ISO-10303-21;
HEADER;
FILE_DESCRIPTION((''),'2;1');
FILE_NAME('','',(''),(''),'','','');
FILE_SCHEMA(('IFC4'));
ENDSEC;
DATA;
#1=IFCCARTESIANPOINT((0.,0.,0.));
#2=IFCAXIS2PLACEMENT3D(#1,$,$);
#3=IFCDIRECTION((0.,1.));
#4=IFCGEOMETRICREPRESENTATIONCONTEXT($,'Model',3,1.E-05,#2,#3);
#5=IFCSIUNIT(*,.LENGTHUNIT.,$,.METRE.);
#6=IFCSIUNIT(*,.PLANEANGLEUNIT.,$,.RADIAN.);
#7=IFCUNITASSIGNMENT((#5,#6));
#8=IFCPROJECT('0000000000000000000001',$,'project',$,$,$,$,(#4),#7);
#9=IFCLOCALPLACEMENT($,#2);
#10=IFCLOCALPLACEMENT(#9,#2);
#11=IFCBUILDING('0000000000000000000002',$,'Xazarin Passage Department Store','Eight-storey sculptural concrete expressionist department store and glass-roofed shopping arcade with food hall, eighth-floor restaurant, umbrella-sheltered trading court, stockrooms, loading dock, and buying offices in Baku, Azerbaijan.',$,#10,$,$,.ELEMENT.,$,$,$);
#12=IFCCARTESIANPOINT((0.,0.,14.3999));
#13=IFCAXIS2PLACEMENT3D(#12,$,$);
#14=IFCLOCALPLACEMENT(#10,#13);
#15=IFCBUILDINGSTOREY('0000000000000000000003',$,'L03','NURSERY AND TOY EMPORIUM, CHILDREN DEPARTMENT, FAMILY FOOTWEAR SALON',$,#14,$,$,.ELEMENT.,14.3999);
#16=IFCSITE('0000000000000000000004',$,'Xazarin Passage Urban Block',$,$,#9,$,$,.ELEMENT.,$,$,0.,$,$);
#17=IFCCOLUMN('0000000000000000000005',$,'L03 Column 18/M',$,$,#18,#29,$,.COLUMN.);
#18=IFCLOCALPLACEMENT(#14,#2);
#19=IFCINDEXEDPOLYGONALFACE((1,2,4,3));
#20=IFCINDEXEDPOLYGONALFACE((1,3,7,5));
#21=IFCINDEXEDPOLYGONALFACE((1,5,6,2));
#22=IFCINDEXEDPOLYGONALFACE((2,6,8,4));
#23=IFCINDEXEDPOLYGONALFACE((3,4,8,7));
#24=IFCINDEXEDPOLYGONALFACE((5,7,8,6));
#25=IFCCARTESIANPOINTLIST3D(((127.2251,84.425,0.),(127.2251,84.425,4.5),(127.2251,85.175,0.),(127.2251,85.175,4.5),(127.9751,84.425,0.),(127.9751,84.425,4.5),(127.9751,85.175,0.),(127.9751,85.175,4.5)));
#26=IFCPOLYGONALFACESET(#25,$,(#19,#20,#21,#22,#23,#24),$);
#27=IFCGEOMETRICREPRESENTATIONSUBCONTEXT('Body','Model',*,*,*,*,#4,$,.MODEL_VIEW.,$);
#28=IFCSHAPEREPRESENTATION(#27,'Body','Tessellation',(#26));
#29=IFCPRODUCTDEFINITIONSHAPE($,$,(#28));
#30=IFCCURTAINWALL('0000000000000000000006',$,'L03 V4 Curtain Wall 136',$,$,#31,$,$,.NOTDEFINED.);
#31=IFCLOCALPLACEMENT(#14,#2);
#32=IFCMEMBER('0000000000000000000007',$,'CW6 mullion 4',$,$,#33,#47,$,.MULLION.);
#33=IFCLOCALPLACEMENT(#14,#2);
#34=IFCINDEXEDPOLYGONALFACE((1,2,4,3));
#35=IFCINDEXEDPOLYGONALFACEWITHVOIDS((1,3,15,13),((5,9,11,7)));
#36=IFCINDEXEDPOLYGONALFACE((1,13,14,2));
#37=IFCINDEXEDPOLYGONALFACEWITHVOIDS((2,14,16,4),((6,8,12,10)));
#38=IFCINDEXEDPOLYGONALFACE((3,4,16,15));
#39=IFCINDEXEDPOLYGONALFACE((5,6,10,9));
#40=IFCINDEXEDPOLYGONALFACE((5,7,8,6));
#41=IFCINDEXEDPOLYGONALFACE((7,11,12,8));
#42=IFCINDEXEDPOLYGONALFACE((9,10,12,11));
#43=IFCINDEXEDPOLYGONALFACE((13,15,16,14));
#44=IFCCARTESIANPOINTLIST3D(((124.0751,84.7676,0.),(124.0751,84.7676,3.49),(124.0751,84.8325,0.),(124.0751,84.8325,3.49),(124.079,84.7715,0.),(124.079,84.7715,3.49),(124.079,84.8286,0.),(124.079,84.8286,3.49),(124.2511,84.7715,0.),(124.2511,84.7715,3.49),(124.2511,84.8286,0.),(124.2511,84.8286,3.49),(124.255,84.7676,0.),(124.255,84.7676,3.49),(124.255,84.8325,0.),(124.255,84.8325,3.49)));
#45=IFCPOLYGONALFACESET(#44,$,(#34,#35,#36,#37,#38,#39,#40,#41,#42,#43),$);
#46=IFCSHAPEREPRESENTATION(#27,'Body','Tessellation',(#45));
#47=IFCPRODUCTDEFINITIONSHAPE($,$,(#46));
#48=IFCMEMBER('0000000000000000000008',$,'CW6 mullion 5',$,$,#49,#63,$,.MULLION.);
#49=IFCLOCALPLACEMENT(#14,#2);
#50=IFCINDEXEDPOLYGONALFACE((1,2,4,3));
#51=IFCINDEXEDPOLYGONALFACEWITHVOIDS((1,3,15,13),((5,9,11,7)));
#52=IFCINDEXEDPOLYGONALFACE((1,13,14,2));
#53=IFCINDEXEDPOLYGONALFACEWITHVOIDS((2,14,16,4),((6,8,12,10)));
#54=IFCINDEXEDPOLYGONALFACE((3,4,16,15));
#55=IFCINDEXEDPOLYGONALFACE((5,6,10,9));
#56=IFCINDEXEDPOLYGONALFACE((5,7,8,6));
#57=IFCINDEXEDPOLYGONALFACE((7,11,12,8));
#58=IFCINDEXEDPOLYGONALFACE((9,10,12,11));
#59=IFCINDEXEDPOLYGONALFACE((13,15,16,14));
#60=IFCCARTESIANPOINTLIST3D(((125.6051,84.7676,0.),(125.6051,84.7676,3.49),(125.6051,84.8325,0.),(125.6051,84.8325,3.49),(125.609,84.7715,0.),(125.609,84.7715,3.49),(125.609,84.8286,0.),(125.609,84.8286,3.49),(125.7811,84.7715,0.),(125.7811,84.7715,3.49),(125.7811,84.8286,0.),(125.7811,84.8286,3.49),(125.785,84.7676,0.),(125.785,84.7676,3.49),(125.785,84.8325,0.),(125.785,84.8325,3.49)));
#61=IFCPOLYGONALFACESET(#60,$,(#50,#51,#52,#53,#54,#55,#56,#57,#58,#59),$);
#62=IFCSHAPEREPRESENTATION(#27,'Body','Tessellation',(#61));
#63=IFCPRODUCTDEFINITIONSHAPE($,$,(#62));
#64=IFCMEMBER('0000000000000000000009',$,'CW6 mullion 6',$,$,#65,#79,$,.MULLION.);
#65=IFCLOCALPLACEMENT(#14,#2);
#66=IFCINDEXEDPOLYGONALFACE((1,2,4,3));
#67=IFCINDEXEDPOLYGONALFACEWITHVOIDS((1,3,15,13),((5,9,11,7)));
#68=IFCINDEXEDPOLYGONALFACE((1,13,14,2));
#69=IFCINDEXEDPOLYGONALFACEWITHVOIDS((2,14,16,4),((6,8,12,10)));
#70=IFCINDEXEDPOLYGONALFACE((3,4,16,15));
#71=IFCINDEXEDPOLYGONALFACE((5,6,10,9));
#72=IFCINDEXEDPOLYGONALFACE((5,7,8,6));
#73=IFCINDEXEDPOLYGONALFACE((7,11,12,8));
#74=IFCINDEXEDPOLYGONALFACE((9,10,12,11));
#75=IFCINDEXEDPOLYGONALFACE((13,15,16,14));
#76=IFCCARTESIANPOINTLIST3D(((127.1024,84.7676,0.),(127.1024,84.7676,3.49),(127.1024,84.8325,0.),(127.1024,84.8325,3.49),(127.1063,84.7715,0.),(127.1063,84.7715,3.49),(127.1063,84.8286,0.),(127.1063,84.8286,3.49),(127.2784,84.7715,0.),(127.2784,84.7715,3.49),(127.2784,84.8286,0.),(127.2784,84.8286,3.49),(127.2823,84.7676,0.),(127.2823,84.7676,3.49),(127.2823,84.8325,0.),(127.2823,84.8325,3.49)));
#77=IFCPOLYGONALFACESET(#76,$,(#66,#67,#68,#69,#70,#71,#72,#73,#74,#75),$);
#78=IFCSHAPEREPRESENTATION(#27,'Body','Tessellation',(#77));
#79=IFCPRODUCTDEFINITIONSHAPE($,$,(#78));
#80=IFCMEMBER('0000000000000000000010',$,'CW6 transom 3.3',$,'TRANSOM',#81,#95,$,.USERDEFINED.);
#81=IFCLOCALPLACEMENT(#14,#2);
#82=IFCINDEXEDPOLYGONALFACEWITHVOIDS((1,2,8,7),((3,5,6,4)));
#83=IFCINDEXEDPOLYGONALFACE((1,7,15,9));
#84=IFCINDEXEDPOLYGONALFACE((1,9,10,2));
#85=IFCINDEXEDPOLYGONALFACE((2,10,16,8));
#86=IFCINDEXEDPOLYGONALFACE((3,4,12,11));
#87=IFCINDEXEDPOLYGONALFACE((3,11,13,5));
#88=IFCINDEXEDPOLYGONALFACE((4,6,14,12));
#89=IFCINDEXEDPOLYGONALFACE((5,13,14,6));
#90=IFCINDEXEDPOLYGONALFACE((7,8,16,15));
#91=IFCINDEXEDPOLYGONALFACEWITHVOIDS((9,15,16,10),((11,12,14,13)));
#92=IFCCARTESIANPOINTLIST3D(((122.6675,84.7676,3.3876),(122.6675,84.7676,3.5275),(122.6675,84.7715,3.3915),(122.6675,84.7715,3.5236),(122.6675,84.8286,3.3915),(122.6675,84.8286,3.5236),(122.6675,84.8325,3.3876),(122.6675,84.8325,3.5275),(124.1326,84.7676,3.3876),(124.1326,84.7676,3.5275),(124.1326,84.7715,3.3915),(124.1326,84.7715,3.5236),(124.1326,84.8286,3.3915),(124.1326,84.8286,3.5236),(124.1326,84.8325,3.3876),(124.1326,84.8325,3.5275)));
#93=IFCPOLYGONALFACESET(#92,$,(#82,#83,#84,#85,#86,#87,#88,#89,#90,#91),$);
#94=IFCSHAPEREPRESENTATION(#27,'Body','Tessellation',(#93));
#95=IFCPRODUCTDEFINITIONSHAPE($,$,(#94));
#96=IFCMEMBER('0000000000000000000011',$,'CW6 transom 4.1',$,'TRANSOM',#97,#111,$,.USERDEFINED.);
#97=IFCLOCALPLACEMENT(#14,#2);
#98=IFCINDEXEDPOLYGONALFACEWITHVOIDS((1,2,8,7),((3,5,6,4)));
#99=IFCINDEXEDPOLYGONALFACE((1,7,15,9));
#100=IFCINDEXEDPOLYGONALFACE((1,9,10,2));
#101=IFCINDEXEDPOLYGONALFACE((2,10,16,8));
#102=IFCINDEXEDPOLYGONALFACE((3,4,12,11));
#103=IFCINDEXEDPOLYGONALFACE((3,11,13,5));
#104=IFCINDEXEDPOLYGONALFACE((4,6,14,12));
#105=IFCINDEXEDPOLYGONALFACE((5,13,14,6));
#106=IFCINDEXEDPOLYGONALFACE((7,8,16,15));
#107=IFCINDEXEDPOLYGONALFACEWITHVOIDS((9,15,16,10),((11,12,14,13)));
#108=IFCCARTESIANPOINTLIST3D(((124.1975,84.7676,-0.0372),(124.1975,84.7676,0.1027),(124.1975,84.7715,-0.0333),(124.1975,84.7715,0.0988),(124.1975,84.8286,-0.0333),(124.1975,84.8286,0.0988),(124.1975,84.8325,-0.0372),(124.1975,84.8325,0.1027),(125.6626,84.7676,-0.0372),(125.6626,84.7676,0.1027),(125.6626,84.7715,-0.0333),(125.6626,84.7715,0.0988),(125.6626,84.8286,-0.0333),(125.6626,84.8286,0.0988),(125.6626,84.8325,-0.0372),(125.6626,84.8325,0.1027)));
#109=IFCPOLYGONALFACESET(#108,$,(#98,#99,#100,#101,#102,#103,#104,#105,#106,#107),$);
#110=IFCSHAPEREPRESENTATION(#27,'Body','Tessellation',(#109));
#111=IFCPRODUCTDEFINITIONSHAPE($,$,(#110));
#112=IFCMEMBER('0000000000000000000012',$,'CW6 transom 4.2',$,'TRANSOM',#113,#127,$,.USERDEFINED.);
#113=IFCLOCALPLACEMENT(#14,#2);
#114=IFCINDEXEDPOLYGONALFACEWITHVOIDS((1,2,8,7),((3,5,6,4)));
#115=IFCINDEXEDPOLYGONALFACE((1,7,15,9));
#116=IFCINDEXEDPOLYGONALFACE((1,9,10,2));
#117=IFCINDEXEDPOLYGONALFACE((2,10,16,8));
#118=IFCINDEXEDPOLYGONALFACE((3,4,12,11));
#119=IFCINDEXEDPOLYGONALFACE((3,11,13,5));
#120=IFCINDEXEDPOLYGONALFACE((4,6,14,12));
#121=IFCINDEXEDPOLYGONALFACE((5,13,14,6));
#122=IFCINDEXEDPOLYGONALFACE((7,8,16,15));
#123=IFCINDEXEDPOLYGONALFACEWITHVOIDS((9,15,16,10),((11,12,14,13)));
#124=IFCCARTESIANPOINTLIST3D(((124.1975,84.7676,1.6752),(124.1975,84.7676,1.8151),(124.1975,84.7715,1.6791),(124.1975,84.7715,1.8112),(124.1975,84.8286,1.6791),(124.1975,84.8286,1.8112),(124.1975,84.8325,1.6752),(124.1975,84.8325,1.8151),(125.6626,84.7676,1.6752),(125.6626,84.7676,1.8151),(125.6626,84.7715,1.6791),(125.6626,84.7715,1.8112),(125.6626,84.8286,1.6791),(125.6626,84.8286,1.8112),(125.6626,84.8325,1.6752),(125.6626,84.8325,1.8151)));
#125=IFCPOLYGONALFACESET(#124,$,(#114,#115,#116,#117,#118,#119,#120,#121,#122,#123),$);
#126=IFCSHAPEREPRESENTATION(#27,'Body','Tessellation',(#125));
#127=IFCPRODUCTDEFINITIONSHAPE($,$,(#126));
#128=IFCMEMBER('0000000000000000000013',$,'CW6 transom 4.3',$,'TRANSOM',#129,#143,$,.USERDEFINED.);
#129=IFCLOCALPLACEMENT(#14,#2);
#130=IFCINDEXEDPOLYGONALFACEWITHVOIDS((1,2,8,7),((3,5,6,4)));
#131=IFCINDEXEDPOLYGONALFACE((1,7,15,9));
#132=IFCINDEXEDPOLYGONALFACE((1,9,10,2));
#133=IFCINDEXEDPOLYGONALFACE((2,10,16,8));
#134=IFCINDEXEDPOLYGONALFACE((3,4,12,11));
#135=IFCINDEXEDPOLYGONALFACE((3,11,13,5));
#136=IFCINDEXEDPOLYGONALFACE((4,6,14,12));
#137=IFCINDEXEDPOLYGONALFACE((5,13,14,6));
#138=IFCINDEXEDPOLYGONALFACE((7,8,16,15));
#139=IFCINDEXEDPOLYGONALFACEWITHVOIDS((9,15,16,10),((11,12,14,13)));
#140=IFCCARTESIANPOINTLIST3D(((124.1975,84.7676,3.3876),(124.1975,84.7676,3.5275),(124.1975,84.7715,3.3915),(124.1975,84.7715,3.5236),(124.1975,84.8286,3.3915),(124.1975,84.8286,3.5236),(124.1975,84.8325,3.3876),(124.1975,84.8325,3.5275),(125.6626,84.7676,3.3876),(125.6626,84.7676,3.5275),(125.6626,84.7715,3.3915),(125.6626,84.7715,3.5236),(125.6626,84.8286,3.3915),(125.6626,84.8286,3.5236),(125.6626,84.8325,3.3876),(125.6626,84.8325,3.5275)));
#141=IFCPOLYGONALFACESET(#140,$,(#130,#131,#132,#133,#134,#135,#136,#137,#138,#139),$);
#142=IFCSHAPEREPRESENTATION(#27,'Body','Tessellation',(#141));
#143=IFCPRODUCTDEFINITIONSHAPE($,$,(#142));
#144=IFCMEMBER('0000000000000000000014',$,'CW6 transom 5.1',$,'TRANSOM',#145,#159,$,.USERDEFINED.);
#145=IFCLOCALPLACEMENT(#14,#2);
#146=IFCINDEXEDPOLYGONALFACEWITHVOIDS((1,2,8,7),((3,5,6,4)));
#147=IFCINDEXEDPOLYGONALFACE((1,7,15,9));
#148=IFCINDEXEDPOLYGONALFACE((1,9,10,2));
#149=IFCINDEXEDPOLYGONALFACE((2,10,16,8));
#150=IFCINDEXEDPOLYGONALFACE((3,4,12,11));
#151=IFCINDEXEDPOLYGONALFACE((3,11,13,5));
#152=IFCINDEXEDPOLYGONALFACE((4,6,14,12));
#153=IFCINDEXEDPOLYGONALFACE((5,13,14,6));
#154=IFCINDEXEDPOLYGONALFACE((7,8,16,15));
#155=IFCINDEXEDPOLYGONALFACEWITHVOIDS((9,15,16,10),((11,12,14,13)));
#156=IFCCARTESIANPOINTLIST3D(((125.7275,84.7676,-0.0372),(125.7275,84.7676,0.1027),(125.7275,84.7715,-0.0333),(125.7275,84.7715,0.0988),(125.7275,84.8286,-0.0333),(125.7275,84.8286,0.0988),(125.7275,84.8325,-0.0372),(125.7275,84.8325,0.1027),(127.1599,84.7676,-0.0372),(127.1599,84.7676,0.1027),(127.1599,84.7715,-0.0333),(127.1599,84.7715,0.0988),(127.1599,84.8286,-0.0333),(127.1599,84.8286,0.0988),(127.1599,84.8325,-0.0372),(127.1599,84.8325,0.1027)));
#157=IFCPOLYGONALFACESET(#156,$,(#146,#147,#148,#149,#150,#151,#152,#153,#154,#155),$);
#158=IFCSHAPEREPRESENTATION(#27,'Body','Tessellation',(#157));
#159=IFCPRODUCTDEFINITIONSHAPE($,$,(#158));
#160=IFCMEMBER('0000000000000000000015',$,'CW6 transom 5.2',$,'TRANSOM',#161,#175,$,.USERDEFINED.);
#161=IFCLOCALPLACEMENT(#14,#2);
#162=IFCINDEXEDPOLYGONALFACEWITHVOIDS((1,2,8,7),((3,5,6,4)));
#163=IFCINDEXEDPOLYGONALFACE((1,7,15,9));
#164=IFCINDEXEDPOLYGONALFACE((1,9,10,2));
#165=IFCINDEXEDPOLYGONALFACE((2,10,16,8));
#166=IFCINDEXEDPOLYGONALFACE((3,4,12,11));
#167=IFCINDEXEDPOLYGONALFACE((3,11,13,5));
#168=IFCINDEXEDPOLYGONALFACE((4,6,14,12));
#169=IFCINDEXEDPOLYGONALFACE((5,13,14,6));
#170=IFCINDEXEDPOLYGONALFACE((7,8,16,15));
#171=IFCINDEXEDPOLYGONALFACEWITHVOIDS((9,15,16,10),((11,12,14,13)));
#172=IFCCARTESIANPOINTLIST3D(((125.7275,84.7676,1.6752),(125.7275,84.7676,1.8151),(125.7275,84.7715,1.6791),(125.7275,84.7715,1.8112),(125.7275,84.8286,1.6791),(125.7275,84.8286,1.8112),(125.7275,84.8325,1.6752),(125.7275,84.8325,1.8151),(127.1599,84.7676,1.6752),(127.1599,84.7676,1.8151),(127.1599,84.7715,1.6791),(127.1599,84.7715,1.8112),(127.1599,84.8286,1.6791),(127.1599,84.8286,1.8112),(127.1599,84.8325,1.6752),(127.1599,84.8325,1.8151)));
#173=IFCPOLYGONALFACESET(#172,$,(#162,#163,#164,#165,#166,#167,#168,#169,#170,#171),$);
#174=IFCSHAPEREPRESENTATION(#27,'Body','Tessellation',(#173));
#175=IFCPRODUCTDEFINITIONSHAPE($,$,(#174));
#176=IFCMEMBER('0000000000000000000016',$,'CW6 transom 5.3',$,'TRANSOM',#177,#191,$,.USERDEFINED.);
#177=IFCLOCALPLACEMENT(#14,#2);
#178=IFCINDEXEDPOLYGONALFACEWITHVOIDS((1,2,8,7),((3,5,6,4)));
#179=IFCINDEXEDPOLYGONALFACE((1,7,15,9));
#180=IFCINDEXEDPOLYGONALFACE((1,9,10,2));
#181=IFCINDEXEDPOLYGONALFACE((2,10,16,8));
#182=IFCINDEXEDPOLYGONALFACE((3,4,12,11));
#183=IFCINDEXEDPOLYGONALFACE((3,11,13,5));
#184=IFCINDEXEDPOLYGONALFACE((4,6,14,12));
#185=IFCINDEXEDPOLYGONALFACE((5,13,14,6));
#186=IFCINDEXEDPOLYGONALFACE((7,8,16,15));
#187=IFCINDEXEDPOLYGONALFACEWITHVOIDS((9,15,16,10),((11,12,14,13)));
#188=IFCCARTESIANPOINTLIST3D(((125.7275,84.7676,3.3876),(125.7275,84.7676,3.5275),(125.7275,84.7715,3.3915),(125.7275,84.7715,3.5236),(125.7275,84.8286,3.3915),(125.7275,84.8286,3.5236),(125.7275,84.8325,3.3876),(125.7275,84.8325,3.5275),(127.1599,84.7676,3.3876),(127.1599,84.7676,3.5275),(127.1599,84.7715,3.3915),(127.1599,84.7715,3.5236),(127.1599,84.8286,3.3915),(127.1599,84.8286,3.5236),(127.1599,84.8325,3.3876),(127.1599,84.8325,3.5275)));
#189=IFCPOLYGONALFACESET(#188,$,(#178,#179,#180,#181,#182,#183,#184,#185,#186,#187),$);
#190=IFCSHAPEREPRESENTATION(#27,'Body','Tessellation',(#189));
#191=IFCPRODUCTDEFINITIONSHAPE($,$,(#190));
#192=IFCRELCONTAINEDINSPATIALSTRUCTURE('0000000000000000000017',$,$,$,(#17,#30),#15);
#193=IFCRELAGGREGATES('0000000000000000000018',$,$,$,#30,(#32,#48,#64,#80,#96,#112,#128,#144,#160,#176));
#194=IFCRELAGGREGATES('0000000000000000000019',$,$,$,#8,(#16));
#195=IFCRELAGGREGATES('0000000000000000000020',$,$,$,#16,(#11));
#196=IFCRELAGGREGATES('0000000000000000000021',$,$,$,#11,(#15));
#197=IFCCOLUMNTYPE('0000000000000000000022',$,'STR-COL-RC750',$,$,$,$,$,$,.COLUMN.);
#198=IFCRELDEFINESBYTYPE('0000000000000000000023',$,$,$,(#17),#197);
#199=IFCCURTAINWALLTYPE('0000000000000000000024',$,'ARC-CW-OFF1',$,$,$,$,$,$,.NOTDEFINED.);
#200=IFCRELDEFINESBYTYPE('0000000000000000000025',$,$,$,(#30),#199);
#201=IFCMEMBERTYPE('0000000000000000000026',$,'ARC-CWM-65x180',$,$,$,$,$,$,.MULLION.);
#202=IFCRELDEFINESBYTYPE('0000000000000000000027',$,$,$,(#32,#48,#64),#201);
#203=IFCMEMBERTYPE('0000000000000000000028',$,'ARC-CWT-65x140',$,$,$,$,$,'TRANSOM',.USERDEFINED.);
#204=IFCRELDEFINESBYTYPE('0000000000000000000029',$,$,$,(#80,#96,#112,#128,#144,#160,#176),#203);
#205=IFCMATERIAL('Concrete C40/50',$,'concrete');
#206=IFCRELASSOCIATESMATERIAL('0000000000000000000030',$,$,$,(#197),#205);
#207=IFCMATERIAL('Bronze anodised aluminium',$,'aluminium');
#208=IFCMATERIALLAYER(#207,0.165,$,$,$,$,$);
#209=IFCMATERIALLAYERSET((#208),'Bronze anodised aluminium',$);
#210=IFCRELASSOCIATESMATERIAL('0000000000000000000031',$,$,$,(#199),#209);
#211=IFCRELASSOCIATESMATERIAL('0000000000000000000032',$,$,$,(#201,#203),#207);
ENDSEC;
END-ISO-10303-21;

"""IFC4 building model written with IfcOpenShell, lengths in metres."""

from ifc_helpers import new_model, si_unit, direction, frame, origin, origin_2d, place, context, subcontext, project, spatial, rectangle, hollow_rectangle, extrude, material, layer, layer_set, material_profile, profile_set, type_object, element, aggregate, save


model = new_model("IFC4")

# Units and contexts
model_context = context("Model", 3, precision=1e-05, world=origin(), true_north=direction((0.0, 1.0)))
body_context = subcontext(model_context, "Body", "Model", "MODEL_VIEW")
ifc_project = project(units=[si_unit("LENGTHUNIT", "METRE"), si_unit("PLANEANGLEUNIT", "RADIAN")], contexts=[model_context])

# Site, building, storey
site_placement = place(None, origin())
site = spatial("IfcSite", under=ifc_project, at=site_placement, Name="Xazarin Passage Urban Block", CompositionType="ELEMENT", RefElevation=0.0)
building_placement = place(site_placement, origin())
building = spatial("IfcBuilding", under=site, at=building_placement, Name="Xazarin Passage Department Store", Description="Eight-storey sculptural concrete expressionist department store and glass-roofed shopping arcade with food hall, eighth-floor restaurant, umbrella-sheltered trading court, stockrooms, loading dock, and buying offices in Baku, Azerbaijan.", CompositionType="ELEMENT")
storey_placement = place(building_placement, frame((0.0, 0.0, 14.3999)))
storey = spatial("IfcBuildingStorey", under=building, at=storey_placement, Name="L03", Description="NURSERY AND TOY EMPORIUM, CHILDREN DEPARTMENT, FAMILY FOOTWEAR SALON", CompositionType="ELEMENT", Elevation=14.3999)

# Column
ifc_material_1 = material(Name="Concrete C40/50", Category="concrete")
ifc_material_profile_1 = material_profile(ifc_material_1, rectangle(XDim=0.75, YDim=0.75, at=origin_2d()), Name="RC 750x750")
ifc_profile_set_1 = profile_set([ifc_material_profile_1], Name="Concrete C40/50")
column_type = type_object("IfcColumnType", Name="STR-COL-RC750", PredefinedType="COLUMN", material=ifc_profile_set_1)
column_placement = place(storey_placement, frame((127.6001, 84.8, 0.0), z_axis=(0.0, 0.0, 1.0), x_axis=(1.0, 0.0, 0.0)))
element("IfcColumn", 1, at=column_placement, inside=storey, type_object=column_type, Name="L03 Column 18/M", PredefinedType="COLUMN", context=body_context, shape_type="SweptSolid", body=[
    extrude(rectangle(XDim=0.75, YDim=0.75, at=origin_2d()), origin(), (0.0, 0.0, 1.0), 4.5),
])

# Curtain wall, members
ifc_material_2 = material(Name="Bronze anodised aluminium", Category="aluminium")
ifc_layer_1 = layer(ifc_material_2, 0.165)
ifc_layer_set_1 = layer_set([ifc_layer_1], Name="Bronze anodised aluminium")
curtain_wall_type = type_object("IfcCurtainWallType", Name="ARC-CW-OFF1", PredefinedType="NOTDEFINED", material=ifc_layer_set_1)
curtain_wall_placement = place(storey_placement, origin())
curtain_wall = element("IfcCurtainWall", 2, at=curtain_wall_placement, inside=storey, type_object=curtain_wall_type, Name="L03 V4 Curtain Wall 136", PredefinedType="NOTDEFINED")
ifc_material_profile_2 = material_profile(ifc_material_2, hollow_rectangle(XDim=0.0649, YDim=0.1799, WallThickness=0.0039, at=origin_2d()), Name="ALU 65x180")
ifc_profile_set_2 = profile_set([ifc_material_profile_2], Name="Bronze anodised aluminium")
member_type_1 = type_object("IfcMemberType", Name="ARC-CWM-65x180", PredefinedType="MULLION", material=ifc_profile_set_2)
member_1_placement = place(storey_placement, frame((124.165, 84.8, 0.0), z_axis=(0.0, 0.0, 1.0), x_axis=(0.0, 1.0, 0.0)))
member_1 = element("IfcMember", 3, at=member_1_placement, type_object=member_type_1, Name="CW6 mullion 4", PredefinedType="MULLION", context=body_context, shape_type="SweptSolid", body=[
    extrude(hollow_rectangle(XDim=0.0649, YDim=0.1799, WallThickness=0.0039, at=origin_2d()), origin(), (0.0, 0.0, 1.0), 3.49),
])
member_2_placement = place(storey_placement, frame((125.6951, 84.8, 0.0), z_axis=(0.0, 0.0, 1.0), x_axis=(0.0, 1.0, 0.0)))
member_2 = element("IfcMember", 4, at=member_2_placement, type_object=member_type_1, Name="CW6 mullion 5", PredefinedType="MULLION", context=body_context, shape_type="SweptSolid", body=[
    extrude(hollow_rectangle(XDim=0.0649, YDim=0.1799, WallThickness=0.0039, at=origin_2d()), origin(), (0.0, 0.0, 1.0), 3.49),
])
member_3_placement = place(storey_placement, frame((127.1924, 84.8, 0.0), z_axis=(0.0, 0.0, 1.0), x_axis=(0.0, 1.0, 0.0)))
member_3 = element("IfcMember", 5, at=member_3_placement, type_object=member_type_1, Name="CW6 mullion 6", PredefinedType="MULLION", context=body_context, shape_type="SweptSolid", body=[
    extrude(hollow_rectangle(XDim=0.0649, YDim=0.1799, WallThickness=0.0039, at=origin_2d()), origin(), (0.0, 0.0, 1.0), 3.49),
])
ifc_material_profile_3 = material_profile(ifc_material_2, hollow_rectangle(XDim=0.0649, YDim=0.1399, WallThickness=0.0039, at=origin_2d()), Name="ALU 65x140")
ifc_profile_set_3 = profile_set([ifc_material_profile_3], Name="Bronze anodised aluminium")
member_type_2 = type_object("IfcMemberType", Name="ARC-CWT-65x140", ElementType="TRANSOM", PredefinedType="USERDEFINED", material=ifc_profile_set_3)
member_4_placement = place(storey_placement, frame((122.6675, 84.8, 3.4575), z_axis=(1.0, 0.0, 0.0), x_axis=(0.0, 1.0, 0.0)))
member_4 = element("IfcMember", 6, at=member_4_placement, type_object=member_type_2, Name="CW6 transom 3.3", ObjectType="TRANSOM", PredefinedType="USERDEFINED", context=body_context, shape_type="SweptSolid", body=[
    extrude(hollow_rectangle(XDim=0.0649, YDim=0.1399, WallThickness=0.0039, at=origin_2d()), origin(), (0.0, 0.0, 1.0), 1.4651),
])
member_5_placement = place(storey_placement, frame((124.1975, 84.8, 0.0327), z_axis=(1.0, 0.0, 0.0), x_axis=(0.0, 1.0, 0.0)))
member_5 = element("IfcMember", 7, at=member_5_placement, type_object=member_type_2, Name="CW6 transom 4.1", ObjectType="TRANSOM", PredefinedType="USERDEFINED", context=body_context, shape_type="SweptSolid", body=[
    extrude(hollow_rectangle(XDim=0.0649, YDim=0.1399, WallThickness=0.0039, at=origin_2d()), origin(), (0.0, 0.0, 1.0), 1.4651),
])
member_6_placement = place(storey_placement, frame((124.1975, 84.8, 1.7451), z_axis=(1.0, 0.0, 0.0), x_axis=(0.0, 1.0, 0.0)))
member_6 = element("IfcMember", 8, at=member_6_placement, type_object=member_type_2, Name="CW6 transom 4.2", ObjectType="TRANSOM", PredefinedType="USERDEFINED", context=body_context, shape_type="SweptSolid", body=[
    extrude(hollow_rectangle(XDim=0.0649, YDim=0.1399, WallThickness=0.0039, at=origin_2d()), origin(), (0.0, 0.0, 1.0), 1.4651),
])
member_7_placement = place(storey_placement, frame((124.1975, 84.8, 3.4575), z_axis=(1.0, 0.0, 0.0), x_axis=(0.0, 1.0, 0.0)))
member_7 = element("IfcMember", 9, at=member_7_placement, type_object=member_type_2, Name="CW6 transom 4.3", ObjectType="TRANSOM", PredefinedType="USERDEFINED", context=body_context, shape_type="SweptSolid", body=[
    extrude(hollow_rectangle(XDim=0.0649, YDim=0.1399, WallThickness=0.0039, at=origin_2d()), origin(), (0.0, 0.0, 1.0), 1.4651),
])
member_8_placement = place(storey_placement, frame((125.7275, 84.8, 0.0327), z_axis=(1.0, 0.0, 0.0), x_axis=(0.0, 1.0, 0.0)))
member_8 = element("IfcMember", 10, at=member_8_placement, type_object=member_type_2, Name="CW6 transom 5.1", ObjectType="TRANSOM", PredefinedType="USERDEFINED", context=body_context, shape_type="SweptSolid", body=[
    extrude(hollow_rectangle(XDim=0.0649, YDim=0.1399, WallThickness=0.0039, at=origin_2d()), origin(), (0.0, 0.0, 1.0), 1.4324),
])
member_9_placement = place(storey_placement, frame((125.7275, 84.8, 1.7451), z_axis=(1.0, 0.0, 0.0), x_axis=(0.0, 1.0, 0.0)))
member_9 = element("IfcMember", 11, at=member_9_placement, type_object=member_type_2, Name="CW6 transom 5.2", ObjectType="TRANSOM", PredefinedType="USERDEFINED", context=body_context, shape_type="SweptSolid", body=[
    extrude(hollow_rectangle(XDim=0.0649, YDim=0.1399, WallThickness=0.0039, at=origin_2d()), origin(), (0.0, 0.0, 1.0), 1.4324),
])
member_10_placement = place(storey_placement, frame((125.7275, 84.8, 3.4575), z_axis=(1.0, 0.0, 0.0), x_axis=(0.0, 1.0, 0.0)))
member_10 = element("IfcMember", 12, at=member_10_placement, type_object=member_type_2, Name="CW6 transom 5.3", ObjectType="TRANSOM", PredefinedType="USERDEFINED", context=body_context, shape_type="SweptSolid", body=[
    extrude(hollow_rectangle(XDim=0.0649, YDim=0.1399, WallThickness=0.0039, at=origin_2d()), origin(), (0.0, 0.0, 1.0), 1.4324),
])

aggregate(curtain_wall, [member_1, member_2, member_3, member_4, member_5, member_6, member_7, member_8, member_9, member_10])

save(model, "model.ifc")
